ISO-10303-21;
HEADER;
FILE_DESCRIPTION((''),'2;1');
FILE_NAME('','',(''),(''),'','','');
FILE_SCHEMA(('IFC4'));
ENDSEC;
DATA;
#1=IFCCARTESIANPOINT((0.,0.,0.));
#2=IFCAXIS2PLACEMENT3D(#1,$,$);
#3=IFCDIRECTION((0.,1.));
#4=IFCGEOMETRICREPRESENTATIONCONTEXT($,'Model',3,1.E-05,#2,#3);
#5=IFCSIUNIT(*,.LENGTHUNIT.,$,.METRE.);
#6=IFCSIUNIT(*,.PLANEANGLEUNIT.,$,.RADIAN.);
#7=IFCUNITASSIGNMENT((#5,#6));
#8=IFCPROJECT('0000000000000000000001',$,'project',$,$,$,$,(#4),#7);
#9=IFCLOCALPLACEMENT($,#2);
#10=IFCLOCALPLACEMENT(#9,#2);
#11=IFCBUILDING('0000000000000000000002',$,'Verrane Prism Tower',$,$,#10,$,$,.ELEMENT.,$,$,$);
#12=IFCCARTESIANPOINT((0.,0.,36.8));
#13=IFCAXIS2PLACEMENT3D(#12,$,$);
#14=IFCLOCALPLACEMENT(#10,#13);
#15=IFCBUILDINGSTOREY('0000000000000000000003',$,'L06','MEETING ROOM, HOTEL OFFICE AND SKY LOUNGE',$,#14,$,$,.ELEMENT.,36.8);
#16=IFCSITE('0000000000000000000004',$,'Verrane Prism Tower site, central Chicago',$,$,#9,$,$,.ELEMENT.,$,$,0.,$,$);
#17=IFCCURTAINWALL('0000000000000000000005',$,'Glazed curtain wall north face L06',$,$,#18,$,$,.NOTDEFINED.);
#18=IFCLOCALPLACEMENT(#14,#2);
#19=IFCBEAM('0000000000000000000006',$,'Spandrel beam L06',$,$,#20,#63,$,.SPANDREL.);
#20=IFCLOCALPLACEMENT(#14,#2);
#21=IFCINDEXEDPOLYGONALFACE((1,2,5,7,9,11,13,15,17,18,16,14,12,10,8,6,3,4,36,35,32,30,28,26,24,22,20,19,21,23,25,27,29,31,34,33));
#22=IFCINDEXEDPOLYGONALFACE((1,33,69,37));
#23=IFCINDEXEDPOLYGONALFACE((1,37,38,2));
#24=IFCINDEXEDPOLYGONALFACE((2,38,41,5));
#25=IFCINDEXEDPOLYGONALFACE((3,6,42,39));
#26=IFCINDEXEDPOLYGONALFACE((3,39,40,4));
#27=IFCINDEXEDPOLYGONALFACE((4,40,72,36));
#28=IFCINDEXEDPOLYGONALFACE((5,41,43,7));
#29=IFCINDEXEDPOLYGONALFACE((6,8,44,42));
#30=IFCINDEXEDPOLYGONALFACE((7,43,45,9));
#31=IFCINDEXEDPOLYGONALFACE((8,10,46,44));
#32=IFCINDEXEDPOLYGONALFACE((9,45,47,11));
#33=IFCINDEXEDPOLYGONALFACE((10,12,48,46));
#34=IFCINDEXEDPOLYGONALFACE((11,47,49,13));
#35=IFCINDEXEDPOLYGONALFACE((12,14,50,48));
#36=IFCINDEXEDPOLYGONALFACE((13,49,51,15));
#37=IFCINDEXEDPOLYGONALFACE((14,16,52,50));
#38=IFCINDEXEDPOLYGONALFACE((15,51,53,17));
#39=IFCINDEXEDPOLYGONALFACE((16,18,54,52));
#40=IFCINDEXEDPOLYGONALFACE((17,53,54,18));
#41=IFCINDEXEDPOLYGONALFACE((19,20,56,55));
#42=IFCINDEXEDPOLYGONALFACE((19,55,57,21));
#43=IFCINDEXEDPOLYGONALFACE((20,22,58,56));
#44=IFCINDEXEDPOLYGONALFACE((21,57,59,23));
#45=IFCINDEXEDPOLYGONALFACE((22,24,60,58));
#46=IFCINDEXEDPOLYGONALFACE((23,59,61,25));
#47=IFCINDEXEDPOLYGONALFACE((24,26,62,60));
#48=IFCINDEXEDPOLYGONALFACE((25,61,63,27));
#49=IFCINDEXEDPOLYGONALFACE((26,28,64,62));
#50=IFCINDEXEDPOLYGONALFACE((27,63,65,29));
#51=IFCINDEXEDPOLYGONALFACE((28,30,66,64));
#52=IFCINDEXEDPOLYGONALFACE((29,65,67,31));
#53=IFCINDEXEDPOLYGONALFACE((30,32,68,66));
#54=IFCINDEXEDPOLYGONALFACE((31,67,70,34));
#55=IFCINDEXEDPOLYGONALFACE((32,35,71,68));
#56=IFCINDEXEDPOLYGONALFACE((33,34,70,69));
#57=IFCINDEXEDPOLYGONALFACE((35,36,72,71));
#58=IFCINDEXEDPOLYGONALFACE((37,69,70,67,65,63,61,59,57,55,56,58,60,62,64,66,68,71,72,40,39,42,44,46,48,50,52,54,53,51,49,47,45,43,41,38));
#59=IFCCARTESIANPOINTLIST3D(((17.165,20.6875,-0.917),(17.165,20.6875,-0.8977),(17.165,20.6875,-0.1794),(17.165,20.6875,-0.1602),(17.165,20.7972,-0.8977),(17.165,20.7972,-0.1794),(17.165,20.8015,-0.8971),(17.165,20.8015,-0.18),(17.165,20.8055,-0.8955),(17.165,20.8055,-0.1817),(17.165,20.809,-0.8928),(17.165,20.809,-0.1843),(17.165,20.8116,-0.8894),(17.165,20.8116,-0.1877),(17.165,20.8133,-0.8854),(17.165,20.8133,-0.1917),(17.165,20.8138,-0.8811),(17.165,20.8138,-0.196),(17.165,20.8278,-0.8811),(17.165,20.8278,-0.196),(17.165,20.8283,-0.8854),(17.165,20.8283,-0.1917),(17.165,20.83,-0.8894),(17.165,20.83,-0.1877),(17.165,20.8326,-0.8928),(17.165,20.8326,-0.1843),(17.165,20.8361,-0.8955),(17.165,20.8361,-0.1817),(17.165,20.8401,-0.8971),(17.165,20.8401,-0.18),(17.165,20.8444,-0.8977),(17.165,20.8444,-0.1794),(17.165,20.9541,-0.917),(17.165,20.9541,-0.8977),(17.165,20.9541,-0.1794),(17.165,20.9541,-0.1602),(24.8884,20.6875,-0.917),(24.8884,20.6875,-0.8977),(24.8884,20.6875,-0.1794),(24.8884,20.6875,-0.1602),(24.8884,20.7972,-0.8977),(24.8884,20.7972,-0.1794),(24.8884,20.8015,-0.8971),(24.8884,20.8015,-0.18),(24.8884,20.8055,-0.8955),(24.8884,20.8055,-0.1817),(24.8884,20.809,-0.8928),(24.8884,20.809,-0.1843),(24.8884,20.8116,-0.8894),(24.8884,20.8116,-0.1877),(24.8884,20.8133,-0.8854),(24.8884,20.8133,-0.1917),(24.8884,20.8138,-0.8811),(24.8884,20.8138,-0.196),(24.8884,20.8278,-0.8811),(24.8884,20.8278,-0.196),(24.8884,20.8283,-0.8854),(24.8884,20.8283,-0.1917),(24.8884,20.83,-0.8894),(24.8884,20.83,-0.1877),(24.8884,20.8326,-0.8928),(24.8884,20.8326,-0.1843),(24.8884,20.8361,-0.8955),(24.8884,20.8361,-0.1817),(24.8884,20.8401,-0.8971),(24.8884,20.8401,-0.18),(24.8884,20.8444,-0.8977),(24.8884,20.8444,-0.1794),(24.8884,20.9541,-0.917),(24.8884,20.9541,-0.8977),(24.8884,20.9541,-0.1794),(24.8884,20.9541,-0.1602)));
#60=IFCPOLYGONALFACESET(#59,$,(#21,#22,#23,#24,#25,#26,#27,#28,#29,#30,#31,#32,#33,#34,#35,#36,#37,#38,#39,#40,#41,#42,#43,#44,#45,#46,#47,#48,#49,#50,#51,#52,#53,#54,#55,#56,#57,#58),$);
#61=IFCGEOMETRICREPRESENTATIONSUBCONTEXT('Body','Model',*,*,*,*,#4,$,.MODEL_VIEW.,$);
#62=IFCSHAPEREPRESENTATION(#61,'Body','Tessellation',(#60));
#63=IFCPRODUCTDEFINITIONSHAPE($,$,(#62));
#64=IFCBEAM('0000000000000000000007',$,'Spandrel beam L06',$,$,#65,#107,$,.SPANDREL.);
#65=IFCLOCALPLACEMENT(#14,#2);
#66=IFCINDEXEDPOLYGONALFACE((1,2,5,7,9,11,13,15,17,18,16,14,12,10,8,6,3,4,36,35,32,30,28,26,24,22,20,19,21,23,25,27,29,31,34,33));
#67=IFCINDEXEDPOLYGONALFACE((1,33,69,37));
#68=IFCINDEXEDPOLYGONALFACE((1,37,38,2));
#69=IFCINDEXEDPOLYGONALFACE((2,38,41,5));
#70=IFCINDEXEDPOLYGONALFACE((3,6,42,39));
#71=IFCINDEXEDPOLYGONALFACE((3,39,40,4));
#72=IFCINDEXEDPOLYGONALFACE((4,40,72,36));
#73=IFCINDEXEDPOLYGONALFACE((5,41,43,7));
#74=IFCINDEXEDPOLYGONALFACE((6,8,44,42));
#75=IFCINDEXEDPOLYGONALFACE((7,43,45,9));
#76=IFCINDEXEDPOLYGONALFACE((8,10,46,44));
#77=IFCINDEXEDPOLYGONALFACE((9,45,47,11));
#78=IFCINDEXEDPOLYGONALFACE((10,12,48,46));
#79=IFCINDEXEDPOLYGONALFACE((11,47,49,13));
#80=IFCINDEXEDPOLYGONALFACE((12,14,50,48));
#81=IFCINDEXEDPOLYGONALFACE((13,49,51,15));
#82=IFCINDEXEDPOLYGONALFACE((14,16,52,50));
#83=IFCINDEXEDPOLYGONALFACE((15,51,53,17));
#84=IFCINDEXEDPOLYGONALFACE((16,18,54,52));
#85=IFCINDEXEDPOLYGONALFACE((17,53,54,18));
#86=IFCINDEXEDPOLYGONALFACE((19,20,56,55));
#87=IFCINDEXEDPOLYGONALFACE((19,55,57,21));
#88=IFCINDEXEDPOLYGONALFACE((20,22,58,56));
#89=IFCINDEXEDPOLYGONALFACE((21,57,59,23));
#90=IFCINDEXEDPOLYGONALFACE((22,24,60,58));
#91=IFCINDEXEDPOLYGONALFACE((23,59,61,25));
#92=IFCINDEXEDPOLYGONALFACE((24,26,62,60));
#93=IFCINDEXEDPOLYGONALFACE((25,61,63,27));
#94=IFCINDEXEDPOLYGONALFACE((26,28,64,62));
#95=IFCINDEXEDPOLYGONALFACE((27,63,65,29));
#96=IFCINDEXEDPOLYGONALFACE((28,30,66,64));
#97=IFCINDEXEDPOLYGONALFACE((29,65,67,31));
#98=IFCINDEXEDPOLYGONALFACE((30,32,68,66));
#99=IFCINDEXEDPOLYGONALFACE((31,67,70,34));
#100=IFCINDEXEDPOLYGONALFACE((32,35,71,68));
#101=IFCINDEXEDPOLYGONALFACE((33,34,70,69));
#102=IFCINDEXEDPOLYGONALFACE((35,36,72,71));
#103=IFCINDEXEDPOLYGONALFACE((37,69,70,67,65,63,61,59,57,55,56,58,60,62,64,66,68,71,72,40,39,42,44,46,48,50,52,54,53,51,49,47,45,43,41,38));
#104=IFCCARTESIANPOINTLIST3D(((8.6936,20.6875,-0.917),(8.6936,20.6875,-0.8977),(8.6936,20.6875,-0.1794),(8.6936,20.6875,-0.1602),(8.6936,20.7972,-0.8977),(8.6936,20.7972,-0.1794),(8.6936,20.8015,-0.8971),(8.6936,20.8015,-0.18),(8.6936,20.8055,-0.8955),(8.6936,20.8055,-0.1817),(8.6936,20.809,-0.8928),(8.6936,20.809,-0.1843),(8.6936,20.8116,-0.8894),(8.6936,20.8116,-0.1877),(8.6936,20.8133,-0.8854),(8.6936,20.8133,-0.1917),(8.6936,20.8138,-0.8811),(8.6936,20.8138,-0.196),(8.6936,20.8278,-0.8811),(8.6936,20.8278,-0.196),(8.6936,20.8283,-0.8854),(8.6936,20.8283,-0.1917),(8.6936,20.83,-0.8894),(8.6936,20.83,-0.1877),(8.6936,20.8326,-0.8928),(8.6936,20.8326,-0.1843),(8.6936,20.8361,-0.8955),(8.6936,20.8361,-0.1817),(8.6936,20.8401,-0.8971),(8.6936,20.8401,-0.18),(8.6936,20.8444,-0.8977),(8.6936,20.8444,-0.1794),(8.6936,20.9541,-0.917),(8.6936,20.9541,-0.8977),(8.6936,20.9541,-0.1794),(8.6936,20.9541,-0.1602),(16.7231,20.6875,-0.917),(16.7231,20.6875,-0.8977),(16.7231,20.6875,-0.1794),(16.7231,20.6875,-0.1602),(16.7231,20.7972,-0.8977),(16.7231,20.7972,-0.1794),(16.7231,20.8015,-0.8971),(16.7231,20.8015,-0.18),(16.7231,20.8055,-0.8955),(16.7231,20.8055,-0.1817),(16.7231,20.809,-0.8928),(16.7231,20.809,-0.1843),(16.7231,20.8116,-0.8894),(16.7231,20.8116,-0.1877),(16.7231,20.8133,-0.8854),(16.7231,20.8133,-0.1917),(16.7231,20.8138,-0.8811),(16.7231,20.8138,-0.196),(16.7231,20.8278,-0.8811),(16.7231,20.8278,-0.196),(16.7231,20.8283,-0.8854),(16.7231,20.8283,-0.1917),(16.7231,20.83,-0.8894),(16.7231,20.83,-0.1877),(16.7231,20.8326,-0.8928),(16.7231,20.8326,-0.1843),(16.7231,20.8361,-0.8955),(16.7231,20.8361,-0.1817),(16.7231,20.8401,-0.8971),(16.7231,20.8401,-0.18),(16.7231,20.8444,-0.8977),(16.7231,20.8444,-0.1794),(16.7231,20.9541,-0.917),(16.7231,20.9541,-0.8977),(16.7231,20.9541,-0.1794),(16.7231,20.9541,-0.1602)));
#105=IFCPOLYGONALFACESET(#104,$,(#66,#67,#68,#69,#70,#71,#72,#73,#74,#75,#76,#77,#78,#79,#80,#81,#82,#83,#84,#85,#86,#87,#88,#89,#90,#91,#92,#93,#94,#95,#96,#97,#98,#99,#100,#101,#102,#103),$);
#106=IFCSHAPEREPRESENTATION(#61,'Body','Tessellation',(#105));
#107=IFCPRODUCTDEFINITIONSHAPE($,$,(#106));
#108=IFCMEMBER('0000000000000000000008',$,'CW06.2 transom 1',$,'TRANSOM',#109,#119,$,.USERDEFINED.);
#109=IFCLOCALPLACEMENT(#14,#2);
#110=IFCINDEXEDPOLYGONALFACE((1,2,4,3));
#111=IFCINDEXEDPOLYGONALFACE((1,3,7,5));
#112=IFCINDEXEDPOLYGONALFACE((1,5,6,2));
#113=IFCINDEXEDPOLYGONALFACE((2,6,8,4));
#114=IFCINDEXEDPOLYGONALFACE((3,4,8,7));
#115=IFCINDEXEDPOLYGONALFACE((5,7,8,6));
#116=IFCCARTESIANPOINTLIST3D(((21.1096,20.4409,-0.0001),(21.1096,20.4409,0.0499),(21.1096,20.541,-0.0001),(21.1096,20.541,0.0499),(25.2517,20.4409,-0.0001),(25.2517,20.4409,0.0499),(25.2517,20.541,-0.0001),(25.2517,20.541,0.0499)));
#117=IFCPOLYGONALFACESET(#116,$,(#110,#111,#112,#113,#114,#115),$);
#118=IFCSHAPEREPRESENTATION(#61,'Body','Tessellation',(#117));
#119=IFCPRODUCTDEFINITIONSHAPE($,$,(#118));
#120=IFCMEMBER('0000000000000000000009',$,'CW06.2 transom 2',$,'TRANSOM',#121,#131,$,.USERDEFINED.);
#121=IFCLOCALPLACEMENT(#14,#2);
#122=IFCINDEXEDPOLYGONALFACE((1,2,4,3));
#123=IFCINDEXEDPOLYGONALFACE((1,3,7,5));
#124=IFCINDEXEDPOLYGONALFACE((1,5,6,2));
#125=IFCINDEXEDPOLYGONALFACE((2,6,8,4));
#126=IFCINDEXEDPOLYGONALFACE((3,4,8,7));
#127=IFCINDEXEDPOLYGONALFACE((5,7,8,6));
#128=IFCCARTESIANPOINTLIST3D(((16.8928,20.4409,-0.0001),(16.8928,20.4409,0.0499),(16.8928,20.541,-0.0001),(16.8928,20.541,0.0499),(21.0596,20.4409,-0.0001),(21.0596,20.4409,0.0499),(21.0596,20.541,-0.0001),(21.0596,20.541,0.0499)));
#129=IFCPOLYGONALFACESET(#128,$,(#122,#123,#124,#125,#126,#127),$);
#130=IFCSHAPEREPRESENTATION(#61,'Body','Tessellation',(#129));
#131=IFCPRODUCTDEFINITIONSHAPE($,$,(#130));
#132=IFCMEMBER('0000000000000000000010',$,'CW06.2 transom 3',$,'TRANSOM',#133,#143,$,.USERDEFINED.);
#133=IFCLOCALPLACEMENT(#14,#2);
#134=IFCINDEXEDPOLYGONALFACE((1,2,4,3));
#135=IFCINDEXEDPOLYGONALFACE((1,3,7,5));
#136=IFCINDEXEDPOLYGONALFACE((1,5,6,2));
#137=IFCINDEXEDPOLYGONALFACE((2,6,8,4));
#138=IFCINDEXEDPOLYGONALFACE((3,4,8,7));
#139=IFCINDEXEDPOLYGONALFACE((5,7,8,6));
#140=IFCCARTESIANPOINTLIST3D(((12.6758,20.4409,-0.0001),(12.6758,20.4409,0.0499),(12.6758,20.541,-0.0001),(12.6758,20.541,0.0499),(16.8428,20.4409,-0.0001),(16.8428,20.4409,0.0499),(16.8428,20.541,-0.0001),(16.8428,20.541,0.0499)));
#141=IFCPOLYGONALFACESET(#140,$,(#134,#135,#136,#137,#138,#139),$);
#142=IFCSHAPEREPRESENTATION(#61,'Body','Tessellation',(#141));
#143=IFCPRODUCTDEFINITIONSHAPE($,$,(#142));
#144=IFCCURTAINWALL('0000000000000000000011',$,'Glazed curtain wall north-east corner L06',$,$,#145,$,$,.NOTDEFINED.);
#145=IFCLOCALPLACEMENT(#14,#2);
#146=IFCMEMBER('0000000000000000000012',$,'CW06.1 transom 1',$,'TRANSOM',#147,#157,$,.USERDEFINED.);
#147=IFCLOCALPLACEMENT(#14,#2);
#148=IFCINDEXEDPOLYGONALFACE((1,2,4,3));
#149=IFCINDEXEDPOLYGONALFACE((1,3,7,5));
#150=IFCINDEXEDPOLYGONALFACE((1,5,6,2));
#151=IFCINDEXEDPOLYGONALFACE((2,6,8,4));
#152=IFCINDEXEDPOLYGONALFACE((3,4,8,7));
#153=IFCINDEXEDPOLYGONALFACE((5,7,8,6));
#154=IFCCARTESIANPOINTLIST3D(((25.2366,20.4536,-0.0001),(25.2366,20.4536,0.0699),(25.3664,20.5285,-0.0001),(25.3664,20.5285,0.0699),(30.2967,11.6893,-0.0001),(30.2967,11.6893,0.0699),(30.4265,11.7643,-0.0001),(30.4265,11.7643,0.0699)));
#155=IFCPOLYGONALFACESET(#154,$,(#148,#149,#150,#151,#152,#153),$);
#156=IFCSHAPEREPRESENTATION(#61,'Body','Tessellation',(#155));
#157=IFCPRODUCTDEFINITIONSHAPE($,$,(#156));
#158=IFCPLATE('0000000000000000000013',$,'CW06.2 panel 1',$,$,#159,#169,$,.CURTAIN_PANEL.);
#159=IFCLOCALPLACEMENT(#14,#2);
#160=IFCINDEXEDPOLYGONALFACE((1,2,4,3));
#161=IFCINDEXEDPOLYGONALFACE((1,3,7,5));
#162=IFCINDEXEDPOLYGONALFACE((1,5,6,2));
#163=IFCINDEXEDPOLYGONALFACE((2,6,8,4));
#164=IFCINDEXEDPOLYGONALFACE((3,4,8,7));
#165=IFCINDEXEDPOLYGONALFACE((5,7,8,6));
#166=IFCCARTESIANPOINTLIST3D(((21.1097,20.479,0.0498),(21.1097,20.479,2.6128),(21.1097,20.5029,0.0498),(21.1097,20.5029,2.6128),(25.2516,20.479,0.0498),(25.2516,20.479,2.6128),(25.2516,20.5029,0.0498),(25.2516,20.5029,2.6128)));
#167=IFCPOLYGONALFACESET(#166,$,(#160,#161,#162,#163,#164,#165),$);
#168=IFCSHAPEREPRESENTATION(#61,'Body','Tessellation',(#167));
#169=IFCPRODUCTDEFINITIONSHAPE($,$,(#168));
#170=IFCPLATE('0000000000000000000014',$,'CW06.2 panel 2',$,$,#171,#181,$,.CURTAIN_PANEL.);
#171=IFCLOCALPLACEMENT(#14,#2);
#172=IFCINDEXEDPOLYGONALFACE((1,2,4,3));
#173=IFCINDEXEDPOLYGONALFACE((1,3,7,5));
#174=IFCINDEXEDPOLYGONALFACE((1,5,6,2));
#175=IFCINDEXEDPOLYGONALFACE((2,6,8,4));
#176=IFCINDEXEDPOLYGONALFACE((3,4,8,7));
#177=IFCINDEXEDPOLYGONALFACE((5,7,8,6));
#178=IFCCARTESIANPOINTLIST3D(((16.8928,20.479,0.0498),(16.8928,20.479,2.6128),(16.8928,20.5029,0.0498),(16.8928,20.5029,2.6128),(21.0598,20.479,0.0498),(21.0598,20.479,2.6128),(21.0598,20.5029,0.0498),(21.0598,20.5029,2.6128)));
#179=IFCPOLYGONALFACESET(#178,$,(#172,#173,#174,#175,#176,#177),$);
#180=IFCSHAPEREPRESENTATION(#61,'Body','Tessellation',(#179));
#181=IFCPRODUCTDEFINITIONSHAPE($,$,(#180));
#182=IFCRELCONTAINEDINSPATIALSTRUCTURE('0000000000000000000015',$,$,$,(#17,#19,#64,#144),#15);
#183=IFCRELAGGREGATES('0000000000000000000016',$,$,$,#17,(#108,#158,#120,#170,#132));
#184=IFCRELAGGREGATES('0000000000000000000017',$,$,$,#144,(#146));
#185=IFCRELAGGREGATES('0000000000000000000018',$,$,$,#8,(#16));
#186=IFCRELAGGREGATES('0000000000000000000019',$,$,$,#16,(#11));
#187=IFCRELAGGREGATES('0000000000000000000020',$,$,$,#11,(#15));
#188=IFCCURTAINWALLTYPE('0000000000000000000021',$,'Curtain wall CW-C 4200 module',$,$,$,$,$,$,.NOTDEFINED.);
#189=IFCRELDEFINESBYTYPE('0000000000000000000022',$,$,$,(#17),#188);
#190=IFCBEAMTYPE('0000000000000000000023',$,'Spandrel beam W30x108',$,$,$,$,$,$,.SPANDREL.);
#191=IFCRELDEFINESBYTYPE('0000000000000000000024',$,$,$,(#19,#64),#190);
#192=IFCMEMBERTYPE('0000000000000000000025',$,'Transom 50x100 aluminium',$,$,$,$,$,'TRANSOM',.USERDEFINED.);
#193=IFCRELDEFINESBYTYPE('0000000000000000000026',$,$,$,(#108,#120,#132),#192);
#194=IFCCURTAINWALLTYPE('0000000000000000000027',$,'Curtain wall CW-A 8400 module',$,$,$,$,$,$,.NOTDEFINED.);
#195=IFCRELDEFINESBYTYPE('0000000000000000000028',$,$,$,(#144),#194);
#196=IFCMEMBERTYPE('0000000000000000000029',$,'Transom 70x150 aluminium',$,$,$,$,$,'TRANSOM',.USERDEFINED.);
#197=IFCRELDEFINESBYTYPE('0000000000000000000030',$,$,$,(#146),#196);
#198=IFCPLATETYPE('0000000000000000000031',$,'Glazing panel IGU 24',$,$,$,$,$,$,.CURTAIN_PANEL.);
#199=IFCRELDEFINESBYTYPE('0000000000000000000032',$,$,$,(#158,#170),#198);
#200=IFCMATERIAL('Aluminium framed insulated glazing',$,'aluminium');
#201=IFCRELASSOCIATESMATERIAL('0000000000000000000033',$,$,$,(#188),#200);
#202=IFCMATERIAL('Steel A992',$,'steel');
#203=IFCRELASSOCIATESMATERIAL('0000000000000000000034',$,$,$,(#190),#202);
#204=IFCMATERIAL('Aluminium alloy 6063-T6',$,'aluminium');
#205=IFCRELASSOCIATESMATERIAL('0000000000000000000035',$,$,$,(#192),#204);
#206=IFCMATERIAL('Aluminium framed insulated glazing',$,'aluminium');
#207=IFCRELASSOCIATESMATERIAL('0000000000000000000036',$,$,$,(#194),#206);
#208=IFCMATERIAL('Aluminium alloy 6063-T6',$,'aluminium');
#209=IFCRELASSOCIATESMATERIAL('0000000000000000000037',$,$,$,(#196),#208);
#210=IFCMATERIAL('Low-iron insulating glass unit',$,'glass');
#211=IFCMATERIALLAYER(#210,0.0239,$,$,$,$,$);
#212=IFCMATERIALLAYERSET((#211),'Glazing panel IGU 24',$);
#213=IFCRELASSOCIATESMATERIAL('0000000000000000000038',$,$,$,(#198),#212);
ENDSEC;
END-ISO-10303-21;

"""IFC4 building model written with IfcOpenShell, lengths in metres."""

from ifc_helpers import new_model, si_unit, direction, frame, origin, origin_2d, place, context, subcontext, project, spatial, rectangle, i_section, extrude, material, layer, layer_set, material_profile, profile_set, type_object, element, aggregate, save


model = new_model("IFC4")

# Units and contexts
model_context = context("Model", 3, precision=1e-05, world=origin(), true_north=direction((0.0, 1.0)))
body_context = subcontext(model_context, "Body", "Model", "MODEL_VIEW")
ifc_project = project(units=[si_unit("LENGTHUNIT", "METRE"), si_unit("PLANEANGLEUNIT", "RADIAN")], contexts=[model_context])

# Site, building, storey
site_placement = place(None, origin())
site = spatial("IfcSite", under=ifc_project, at=site_placement, Name="Verrane Prism Tower site, central Chicago", CompositionType="ELEMENT", RefElevation=0.0)
building_placement = place(site_placement, origin())
building = spatial("IfcBuilding", under=site, at=building_placement, Name="Verrane Prism Tower", CompositionType="ELEMENT")
storey_placement = place(building_placement, frame((0.0, 0.0, 36.8)))
storey = spatial("IfcBuildingStorey", under=building, at=storey_placement, Name="L06", Description="MEETING ROOM, HOTEL OFFICE AND SKY LOUNGE", CompositionType="ELEMENT", Elevation=36.8)

# Curtain wall
ifc_material_1 = material(Name="Aluminium framed insulated glazing", Category="aluminium")
curtain_wall_type_1 = type_object("IfcCurtainWallType", Name="Curtain wall CW-C 4200 module", PredefinedType="NOTDEFINED", material=ifc_material_1)
curtain_wall_1_placement = place(storey_placement, origin())
curtain_wall_1 = element("IfcCurtainWall", 1, at=curtain_wall_1_placement, inside=storey, type_object=curtain_wall_type_1, Name="Glazed curtain wall north face L06", PredefinedType="NOTDEFINED")

# Beams
ifc_material_2 = material(Name="Steel A992", Category="steel")
ifc_material_profile_1 = material_profile(ifc_material_2, i_section(OverallWidth=0.2666, OverallDepth=0.7568, WebThickness=0.0139, FlangeThickness=0.0193, FilletRadius=0.0166, at=origin_2d()), Name="W30x108")
ifc_profile_set_1 = profile_set([ifc_material_profile_1], Name="Steel A992")
beam_type_1 = type_object("IfcBeamType", Name="Spandrel beam W30x108", PredefinedType="SPANDREL", material=ifc_profile_set_1)
beam_1_placement = place(storey_placement, frame((24.8884, 20.8208, -0.5386), z_axis=(-1.0, 0.0, 0.0), x_axis=(0.0, -1.0, 0.0)))
element("IfcBeam", 2, at=beam_1_placement, inside=storey, type_object=beam_type_1, Name="Spandrel beam L06", PredefinedType="SPANDREL", context=body_context, shape_type="SweptSolid", body=[
    extrude(i_section(OverallWidth=0.2666, OverallDepth=0.7568, WebThickness=0.0139, FlangeThickness=0.0193, FilletRadius=0.0166, at=origin_2d()), origin(), (0.0, 0.0, 1.0), 7.7234),
])
beam_2_placement = place(storey_placement, frame((16.7231, 20.8208, -0.5386), z_axis=(-1.0, 0.0, 0.0), x_axis=(0.0, -1.0, 0.0)))
element("IfcBeam", 3, at=beam_2_placement, inside=storey, type_object=beam_type_1, Name="Spandrel beam L06", PredefinedType="SPANDREL", context=body_context, shape_type="SweptSolid", body=[
    extrude(i_section(OverallWidth=0.2666, OverallDepth=0.7568, WebThickness=0.0139, FlangeThickness=0.0193, FilletRadius=0.0166, at=origin_2d()), origin(), (0.0, 0.0, 1.0), 8.0295),
])

# Members
ifc_material_3 = material(Name="Aluminium alloy 6063-T6", Category="aluminium")
ifc_material_profile_2 = material_profile(ifc_material_3, rectangle(XDim=0.1001, YDim=0.05, at=origin_2d()), Name="Transom 50x100 aluminium")
ifc_profile_set_2 = profile_set([ifc_material_profile_2], Name="Aluminium alloy 6063-T6")
member_type_1 = type_object("IfcMemberType", Name="Transom 50x100 aluminium", ElementType="TRANSOM", PredefinedType="USERDEFINED", material=ifc_profile_set_2)
member_1_placement = place(storey_placement, frame((25.2517, 20.491, 0.0249), z_axis=(-1.0, 0.0, 0.0), x_axis=(0.0, -1.0, 0.0)))
member_1 = element("IfcMember", 4, at=member_1_placement, type_object=member_type_1, Name="CW06.2 transom 1", ObjectType="TRANSOM", PredefinedType="USERDEFINED", context=body_context, shape_type="SweptSolid", body=[
    extrude(rectangle(XDim=0.1001, YDim=0.05, at=origin_2d()), origin(), (0.0, 0.0, 1.0), 4.1421),
])
member_2_placement = place(storey_placement, frame((21.0596, 20.491, 0.0249), z_axis=(-1.0, 0.0, 0.0), x_axis=(0.0, -1.0, 0.0)))
member_2 = element("IfcMember", 5, at=member_2_placement, type_object=member_type_1, Name="CW06.2 transom 2", ObjectType="TRANSOM", PredefinedType="USERDEFINED", context=body_context, shape_type="SweptSolid", body=[
    extrude(rectangle(XDim=0.1001, YDim=0.05, at=origin_2d()), origin(), (0.0, 0.0, 1.0), 4.1667),
])
member_3_placement = place(storey_placement, frame((16.8428, 20.491, 0.0249), z_axis=(-1.0, 0.0, 0.0), x_axis=(0.0, -1.0, 0.0)))
member_3 = element("IfcMember", 6, at=member_3_placement, type_object=member_type_1, Name="CW06.2 transom 3", ObjectType="TRANSOM", PredefinedType="USERDEFINED", context=body_context, shape_type="SweptSolid", body=[
    extrude(rectangle(XDim=0.1001, YDim=0.05, at=origin_2d()), origin(), (0.0, 0.0, 1.0), 4.167),
])

# Curtain wall, member
ifc_material_4 = material(Name="Aluminium framed insulated glazing", Category="aluminium")
curtain_wall_type_2 = type_object("IfcCurtainWallType", Name="Curtain wall CW-A 8400 module", PredefinedType="NOTDEFINED", material=ifc_material_4)
curtain_wall_2_placement = place(storey_placement, origin())
curtain_wall_2 = element("IfcCurtainWall", 7, at=curtain_wall_2_placement, inside=storey, type_object=curtain_wall_type_2, Name="Glazed curtain wall north-east corner L06", PredefinedType="NOTDEFINED")
ifc_material_5 = material(Name="Aluminium alloy 6063-T6", Category="aluminium")
ifc_material_profile_3 = material_profile(ifc_material_5, rectangle(XDim=0.1499, YDim=0.0701, at=origin_2d()), Name="Transom 70x150 aluminium")
ifc_profile_set_3 = profile_set([ifc_material_profile_3], Name="Aluminium alloy 6063-T6")
member_type_2 = type_object("IfcMemberType", Name="Transom 70x150 aluminium", ElementType="TRANSOM", PredefinedType="USERDEFINED", material=ifc_profile_set_3)
member_4_placement = place(storey_placement, frame((30.3616, 11.7268, 0.0349), z_axis=(-0.500005, 0.866022, 0.0), x_axis=(-0.866022, -0.500005, 0.0)))
member_4 = element("IfcMember", 8, at=member_4_placement, type_object=member_type_2, Name="CW06.1 transom 1", ObjectType="TRANSOM", PredefinedType="USERDEFINED", context=body_context, shape_type="SweptSolid", body=[
    extrude(rectangle(XDim=0.1499, YDim=0.0701, at=origin_2d()), origin(), (0.0, 0.0, 1.0), 10.1201),
])

# Plates
ifc_material_6 = material(Name="Low-iron insulating glass unit", Category="glass")
ifc_layer_1 = layer(ifc_material_6, 0.0239)
ifc_layer_set_1 = layer_set([ifc_layer_1], Name="Glazing panel IGU 24")
plate_type_1 = type_object("IfcPlateType", Name="Glazing panel IGU 24", PredefinedType="CURTAIN_PANEL", material=ifc_layer_set_1)
plate_1_placement = place(storey_placement, frame((23.1807, 20.491, 0.0498), z_axis=(0.0, 0.0, 1.0), x_axis=(-1.0, 0.0, 0.0)))
plate_1 = element("IfcPlate", 9, at=plate_1_placement, type_object=plate_type_1, Name="CW06.2 panel 1", PredefinedType="CURTAIN_PANEL", context=body_context, shape_type="SweptSolid", body=[
    extrude(rectangle(XDim=4.1418, YDim=0.0239, at=origin_2d()), origin(), (0.0, 0.0, 1.0), 2.563),
])
plate_2_placement = place(storey_placement, frame((18.9763, 20.491, 0.0498), z_axis=(0.0, 0.0, 1.0), x_axis=(-1.0, 0.0, 0.0)))
plate_2 = element("IfcPlate", 10, at=plate_2_placement, type_object=plate_type_1, Name="CW06.2 panel 2", PredefinedType="CURTAIN_PANEL", context=body_context, shape_type="SweptSolid", body=[
    extrude(rectangle(XDim=4.167, YDim=0.0239, at=origin_2d()), origin(), (0.0, 0.0, 1.0), 2.563),
])
aggregate(curtain_wall_1, [member_1, plate_1, member_2, plate_2, member_3])
aggregate(curtain_wall_2, [member_4])

save(model, "model.ifc")
